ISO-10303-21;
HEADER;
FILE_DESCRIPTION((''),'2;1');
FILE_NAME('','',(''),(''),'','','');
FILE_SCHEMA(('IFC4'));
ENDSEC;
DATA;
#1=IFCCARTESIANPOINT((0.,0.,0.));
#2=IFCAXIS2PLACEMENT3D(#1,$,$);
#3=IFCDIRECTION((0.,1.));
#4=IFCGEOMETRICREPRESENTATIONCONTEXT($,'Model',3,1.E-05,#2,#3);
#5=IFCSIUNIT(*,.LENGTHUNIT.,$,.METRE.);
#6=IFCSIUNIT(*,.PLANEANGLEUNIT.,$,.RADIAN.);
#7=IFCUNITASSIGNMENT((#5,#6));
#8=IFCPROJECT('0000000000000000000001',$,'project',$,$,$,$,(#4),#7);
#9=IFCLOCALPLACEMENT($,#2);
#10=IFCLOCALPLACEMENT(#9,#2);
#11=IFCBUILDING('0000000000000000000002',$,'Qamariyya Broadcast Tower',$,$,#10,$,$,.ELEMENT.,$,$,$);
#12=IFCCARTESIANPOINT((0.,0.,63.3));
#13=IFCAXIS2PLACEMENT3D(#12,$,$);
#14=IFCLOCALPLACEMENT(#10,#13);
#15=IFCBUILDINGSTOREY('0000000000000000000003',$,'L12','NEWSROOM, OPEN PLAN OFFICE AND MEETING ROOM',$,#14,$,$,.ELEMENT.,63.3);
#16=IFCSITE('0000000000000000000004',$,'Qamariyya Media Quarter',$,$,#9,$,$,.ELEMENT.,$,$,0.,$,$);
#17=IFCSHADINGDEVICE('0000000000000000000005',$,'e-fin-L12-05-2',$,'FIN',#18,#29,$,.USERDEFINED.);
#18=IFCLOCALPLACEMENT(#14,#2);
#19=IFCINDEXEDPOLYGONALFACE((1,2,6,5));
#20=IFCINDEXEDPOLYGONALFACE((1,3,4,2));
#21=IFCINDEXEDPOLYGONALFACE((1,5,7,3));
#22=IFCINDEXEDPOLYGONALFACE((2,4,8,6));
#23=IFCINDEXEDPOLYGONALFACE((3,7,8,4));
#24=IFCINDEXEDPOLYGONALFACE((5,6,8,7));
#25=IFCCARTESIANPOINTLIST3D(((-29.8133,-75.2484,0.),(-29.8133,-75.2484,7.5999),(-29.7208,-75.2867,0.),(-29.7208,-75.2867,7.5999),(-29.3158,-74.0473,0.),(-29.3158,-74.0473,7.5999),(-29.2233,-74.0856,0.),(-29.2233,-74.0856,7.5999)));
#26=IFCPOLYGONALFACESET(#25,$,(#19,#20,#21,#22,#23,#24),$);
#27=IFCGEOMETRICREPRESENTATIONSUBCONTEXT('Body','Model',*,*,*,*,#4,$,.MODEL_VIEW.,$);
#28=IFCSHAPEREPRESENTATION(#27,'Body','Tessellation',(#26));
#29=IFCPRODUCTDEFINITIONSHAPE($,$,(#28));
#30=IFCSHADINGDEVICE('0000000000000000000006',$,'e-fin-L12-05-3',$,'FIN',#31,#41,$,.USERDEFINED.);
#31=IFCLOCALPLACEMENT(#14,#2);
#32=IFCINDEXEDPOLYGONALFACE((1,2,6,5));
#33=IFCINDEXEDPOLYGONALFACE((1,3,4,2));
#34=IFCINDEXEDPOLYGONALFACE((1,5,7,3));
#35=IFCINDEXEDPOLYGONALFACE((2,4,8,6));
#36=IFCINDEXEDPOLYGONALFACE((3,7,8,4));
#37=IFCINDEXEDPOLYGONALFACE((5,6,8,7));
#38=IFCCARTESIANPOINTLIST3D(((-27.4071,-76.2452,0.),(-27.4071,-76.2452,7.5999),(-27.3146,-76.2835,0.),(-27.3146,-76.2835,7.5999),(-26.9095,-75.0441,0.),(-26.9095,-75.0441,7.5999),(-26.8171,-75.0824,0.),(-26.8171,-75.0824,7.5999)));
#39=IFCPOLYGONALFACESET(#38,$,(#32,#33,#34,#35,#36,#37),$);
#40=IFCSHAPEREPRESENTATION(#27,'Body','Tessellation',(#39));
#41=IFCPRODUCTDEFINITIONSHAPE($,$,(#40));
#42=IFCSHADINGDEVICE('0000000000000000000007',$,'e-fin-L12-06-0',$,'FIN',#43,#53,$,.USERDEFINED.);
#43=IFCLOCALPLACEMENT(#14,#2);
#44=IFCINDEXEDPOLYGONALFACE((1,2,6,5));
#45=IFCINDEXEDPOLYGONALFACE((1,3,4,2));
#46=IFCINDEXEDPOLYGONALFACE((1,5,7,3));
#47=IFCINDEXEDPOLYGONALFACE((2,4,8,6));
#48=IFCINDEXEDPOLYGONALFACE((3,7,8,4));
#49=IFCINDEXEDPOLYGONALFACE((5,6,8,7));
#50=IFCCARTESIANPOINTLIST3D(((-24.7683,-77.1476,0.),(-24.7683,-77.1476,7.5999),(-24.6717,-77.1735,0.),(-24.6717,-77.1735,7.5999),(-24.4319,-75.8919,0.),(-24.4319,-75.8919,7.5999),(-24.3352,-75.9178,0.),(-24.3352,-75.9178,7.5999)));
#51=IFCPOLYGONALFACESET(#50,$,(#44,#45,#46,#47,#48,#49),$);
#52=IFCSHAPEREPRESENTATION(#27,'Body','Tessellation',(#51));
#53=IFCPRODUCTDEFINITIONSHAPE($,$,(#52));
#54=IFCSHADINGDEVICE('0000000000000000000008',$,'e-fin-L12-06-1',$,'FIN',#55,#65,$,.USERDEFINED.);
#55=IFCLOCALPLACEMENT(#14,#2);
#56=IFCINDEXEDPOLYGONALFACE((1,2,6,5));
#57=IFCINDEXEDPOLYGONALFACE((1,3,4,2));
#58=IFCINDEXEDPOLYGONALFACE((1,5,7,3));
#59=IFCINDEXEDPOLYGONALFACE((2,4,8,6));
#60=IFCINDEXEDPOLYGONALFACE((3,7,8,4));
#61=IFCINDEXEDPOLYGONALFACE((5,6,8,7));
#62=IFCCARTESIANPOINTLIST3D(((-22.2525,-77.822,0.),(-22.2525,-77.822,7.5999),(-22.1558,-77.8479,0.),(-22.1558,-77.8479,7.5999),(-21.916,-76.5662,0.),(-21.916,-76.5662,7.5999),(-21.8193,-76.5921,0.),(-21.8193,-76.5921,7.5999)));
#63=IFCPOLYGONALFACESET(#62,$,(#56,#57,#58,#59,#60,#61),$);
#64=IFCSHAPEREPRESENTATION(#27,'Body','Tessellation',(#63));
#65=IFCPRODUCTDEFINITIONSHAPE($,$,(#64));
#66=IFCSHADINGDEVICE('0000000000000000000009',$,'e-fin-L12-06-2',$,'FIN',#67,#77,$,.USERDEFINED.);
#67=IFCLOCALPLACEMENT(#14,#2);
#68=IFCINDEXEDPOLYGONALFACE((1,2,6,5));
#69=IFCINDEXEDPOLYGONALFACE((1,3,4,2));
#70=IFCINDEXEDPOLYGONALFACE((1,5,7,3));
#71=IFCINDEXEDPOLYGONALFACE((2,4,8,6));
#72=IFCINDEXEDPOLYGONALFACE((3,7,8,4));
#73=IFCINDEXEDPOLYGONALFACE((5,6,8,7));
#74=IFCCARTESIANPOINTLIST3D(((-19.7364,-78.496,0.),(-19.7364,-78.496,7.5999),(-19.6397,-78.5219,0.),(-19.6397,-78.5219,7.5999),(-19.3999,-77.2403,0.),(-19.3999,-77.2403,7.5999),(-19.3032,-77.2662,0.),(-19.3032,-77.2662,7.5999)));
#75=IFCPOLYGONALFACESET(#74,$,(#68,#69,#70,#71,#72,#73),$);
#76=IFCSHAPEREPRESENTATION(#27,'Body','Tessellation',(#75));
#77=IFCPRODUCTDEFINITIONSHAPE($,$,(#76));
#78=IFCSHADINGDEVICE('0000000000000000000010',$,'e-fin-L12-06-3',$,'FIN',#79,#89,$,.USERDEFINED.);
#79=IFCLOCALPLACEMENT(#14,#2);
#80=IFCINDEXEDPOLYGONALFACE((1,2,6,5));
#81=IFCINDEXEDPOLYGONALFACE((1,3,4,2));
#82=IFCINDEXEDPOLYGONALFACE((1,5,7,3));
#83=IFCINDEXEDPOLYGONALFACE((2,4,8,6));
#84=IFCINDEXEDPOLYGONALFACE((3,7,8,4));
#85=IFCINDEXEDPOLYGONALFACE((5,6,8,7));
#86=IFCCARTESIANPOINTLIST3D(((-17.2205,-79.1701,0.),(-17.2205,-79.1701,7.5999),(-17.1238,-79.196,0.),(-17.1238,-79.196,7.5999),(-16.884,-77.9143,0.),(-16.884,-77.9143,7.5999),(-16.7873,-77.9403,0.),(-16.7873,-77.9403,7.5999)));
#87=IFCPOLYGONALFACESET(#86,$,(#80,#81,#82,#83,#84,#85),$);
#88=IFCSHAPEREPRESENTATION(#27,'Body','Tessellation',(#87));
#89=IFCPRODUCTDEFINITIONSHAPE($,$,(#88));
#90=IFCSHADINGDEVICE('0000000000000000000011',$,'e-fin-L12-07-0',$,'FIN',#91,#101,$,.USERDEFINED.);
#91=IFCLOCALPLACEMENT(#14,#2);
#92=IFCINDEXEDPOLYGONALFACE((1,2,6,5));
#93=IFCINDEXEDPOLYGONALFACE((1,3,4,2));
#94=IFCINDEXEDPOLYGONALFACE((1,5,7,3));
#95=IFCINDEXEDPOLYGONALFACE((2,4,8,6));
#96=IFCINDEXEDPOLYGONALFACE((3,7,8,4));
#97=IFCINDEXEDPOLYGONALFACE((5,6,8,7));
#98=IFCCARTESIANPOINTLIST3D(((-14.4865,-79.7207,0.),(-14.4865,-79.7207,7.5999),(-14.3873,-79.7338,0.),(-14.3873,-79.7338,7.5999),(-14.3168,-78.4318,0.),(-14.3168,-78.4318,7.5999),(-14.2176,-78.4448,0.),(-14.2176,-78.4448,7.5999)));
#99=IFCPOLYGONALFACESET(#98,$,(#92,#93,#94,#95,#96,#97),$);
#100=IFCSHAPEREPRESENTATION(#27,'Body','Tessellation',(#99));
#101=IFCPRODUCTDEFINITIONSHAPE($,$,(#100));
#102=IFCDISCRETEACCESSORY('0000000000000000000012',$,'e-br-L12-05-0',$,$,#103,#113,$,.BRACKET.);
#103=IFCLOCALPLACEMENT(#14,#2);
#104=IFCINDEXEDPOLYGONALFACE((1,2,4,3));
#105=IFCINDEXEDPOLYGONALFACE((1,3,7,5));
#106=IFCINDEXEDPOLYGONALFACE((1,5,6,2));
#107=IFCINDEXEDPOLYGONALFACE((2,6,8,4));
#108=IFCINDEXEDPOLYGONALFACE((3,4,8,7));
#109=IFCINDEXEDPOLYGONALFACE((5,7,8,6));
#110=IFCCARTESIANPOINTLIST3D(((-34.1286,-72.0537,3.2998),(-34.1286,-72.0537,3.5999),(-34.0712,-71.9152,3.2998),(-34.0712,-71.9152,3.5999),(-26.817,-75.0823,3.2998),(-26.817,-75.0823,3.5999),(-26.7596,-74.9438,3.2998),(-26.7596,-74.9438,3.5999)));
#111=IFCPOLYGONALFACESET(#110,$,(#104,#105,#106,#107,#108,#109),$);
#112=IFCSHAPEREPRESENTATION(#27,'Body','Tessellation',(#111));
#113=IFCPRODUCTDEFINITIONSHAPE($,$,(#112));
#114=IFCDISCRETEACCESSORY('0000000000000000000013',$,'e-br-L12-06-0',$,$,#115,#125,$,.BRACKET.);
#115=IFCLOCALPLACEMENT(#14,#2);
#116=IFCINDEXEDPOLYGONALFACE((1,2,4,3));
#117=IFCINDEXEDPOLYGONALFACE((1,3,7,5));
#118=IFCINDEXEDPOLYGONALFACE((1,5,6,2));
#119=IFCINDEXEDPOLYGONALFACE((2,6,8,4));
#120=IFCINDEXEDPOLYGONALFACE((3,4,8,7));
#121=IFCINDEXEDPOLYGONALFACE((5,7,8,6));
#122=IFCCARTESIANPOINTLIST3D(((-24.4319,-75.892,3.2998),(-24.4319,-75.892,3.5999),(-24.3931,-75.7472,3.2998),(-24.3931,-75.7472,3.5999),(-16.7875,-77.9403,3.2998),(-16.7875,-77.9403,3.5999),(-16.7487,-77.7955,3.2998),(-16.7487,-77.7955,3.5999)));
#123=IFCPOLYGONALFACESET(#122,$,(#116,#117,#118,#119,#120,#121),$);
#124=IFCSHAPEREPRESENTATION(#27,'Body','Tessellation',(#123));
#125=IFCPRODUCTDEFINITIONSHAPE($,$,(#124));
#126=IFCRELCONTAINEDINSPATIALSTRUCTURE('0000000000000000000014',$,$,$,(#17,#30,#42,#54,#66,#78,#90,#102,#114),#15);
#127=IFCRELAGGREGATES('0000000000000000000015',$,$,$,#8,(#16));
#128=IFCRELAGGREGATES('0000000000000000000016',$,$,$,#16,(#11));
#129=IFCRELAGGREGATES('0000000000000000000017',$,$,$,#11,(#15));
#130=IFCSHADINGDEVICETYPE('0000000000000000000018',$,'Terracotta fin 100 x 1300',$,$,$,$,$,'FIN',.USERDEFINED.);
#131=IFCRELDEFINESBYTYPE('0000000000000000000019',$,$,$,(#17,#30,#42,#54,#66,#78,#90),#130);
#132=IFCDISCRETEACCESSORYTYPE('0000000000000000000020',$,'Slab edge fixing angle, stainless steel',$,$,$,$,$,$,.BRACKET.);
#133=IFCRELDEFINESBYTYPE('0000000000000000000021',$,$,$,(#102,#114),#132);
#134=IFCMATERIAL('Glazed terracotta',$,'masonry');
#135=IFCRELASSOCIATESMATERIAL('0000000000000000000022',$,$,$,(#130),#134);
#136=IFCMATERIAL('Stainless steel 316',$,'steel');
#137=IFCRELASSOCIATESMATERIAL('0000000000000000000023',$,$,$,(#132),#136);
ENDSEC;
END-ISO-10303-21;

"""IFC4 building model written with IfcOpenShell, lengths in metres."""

from ifc_helpers import new_model, si_unit, direction, frame, origin, origin_2d, place, context, subcontext, project, spatial, rectangle, extrude, material, material_profile, profile_set, type_object, element, save


model = new_model("IFC4")

# Units and contexts
model_context = context("Model", 3, precision=1e-05, world=origin(), true_north=direction((0.0, 1.0)))
body_context = subcontext(model_context, "Body", "Model", "MODEL_VIEW")
ifc_project = project(units=[si_unit("LENGTHUNIT", "METRE"), si_unit("PLANEANGLEUNIT", "RADIAN")], contexts=[model_context])

# Site, building, storey
site_placement = place(None, origin())
site = spatial("IfcSite", under=ifc_project, at=site_placement, Name="Qamariyya Media Quarter", CompositionType="ELEMENT", RefElevation=0.0)
building_placement = place(site_placement, origin())
building = spatial("IfcBuilding", under=site, at=building_placement, Name="Qamariyya Broadcast Tower", CompositionType="ELEMENT")
storey_placement = place(building_placement, frame((0.0, 0.0, 63.3)))
storey = spatial("IfcBuildingStorey", under=building, at=storey_placement, Name="L12", Description="NEWSROOM, OPEN PLAN OFFICE AND MEETING ROOM", CompositionType="ELEMENT", Elevation=63.3)

# Shading devices
ifc_material_1 = material(Name="Glazed terracotta", Category="masonry")
ifc_material_profile_1 = material_profile(ifc_material_1, rectangle(XDim=1.3, YDim=0.1001, at=origin_2d()))
ifc_profile_set_1 = profile_set([ifc_material_profile_1], Name="Glazed terracotta")
shading_device_type_1 = type_object("IfcShadingDeviceType", Name="Terracotta fin 100 x 1300", ElementType="FIN", PredefinedType="USERDEFINED", material=ifc_profile_set_1)
for number, where, z_axis, x_axis, name in (
    (1, (-29.5183, -74.667, 0.0), (0.0, 0.0, 1.0), (-0.382683, -0.92388, 0.0), "e-fin-L12-05-2"),
    (2, (-27.1121, -75.6638, 0.0), (0.0, 0.0, 1.0), (-0.382683, -0.92388, 0.0), "e-fin-L12-05-3"),
    (3, (-24.5518, -76.5327, 0.0), (0.0, 0.0, 1.0), (-0.258819, -0.965926, 0.0), "e-fin-L12-06-0"),
    (4, (-22.0359, -77.207, 0.0), (0.0, 0.0, 1.0), (-0.258819, -0.965926, 0.0), "e-fin-L12-06-1"),
    (5, (-19.5198, -77.8811, 0.0), (0.0, 0.0, 1.0), (-0.258819, -0.965926, 0.0), "e-fin-L12-06-2"),
    (6, (-17.0039, -78.5552, 0.0), (0.0, 0.0, 1.0), (-0.258819, -0.965926, 0.0), "e-fin-L12-06-3"),
    (7, (-14.3521, -79.0828, 0.0), (0.0, 0.0, 1.0), (-0.130526, -0.991445, 0.0), "e-fin-L12-07-0"),
):
    element("IfcShadingDevice", number, at=place(storey_placement, frame(where, z_axis=z_axis, x_axis=x_axis)), inside=storey, type_object=shading_device_type_1, Name=name, ObjectType="FIN", PredefinedType="USERDEFINED", context=body_context, shape_type="SweptSolid", body=[
        extrude(rectangle(XDim=1.3, YDim=0.1001, at=origin_2d()), origin(), (0.0, 0.0, 1.0), 7.5999),
    ])

# Discrete accessories
ifc_material_2 = material(Name="Stainless steel 316", Category="steel")
discrete_accessory_type = type_object("IfcDiscreteAccessoryType", Name="Slab edge fixing angle, stainless steel", PredefinedType="BRACKET", material=ifc_material_2)
for number, where, z_axis, x_axis, name in (
    (8, (-30.4441, -73.4988, 3.2998), (0.0, 0.0, 1.0), (0.92388, -0.382683, 0.0), "e-br-L12-05-0"),
    (9, (-20.5903, -76.8438, 3.2998), (0.0, 0.0, 1.0), (0.965926, -0.258819, 0.0), "e-br-L12-06-0"),
):
    element("IfcDiscreteAccessory", number, at=place(storey_placement, frame(where, z_axis=z_axis, x_axis=x_axis)), inside=storey, type_object=discrete_accessory_type, Name=name, PredefinedType="BRACKET", context=body_context, shape_type="SweptSolid", body=[
        extrude(rectangle(XDim=7.9141, YDim=0.1499, at=origin_2d()), origin(), (0.0, 0.0, 1.0), 0.3),
    ])

save(model, "model.ifc")
